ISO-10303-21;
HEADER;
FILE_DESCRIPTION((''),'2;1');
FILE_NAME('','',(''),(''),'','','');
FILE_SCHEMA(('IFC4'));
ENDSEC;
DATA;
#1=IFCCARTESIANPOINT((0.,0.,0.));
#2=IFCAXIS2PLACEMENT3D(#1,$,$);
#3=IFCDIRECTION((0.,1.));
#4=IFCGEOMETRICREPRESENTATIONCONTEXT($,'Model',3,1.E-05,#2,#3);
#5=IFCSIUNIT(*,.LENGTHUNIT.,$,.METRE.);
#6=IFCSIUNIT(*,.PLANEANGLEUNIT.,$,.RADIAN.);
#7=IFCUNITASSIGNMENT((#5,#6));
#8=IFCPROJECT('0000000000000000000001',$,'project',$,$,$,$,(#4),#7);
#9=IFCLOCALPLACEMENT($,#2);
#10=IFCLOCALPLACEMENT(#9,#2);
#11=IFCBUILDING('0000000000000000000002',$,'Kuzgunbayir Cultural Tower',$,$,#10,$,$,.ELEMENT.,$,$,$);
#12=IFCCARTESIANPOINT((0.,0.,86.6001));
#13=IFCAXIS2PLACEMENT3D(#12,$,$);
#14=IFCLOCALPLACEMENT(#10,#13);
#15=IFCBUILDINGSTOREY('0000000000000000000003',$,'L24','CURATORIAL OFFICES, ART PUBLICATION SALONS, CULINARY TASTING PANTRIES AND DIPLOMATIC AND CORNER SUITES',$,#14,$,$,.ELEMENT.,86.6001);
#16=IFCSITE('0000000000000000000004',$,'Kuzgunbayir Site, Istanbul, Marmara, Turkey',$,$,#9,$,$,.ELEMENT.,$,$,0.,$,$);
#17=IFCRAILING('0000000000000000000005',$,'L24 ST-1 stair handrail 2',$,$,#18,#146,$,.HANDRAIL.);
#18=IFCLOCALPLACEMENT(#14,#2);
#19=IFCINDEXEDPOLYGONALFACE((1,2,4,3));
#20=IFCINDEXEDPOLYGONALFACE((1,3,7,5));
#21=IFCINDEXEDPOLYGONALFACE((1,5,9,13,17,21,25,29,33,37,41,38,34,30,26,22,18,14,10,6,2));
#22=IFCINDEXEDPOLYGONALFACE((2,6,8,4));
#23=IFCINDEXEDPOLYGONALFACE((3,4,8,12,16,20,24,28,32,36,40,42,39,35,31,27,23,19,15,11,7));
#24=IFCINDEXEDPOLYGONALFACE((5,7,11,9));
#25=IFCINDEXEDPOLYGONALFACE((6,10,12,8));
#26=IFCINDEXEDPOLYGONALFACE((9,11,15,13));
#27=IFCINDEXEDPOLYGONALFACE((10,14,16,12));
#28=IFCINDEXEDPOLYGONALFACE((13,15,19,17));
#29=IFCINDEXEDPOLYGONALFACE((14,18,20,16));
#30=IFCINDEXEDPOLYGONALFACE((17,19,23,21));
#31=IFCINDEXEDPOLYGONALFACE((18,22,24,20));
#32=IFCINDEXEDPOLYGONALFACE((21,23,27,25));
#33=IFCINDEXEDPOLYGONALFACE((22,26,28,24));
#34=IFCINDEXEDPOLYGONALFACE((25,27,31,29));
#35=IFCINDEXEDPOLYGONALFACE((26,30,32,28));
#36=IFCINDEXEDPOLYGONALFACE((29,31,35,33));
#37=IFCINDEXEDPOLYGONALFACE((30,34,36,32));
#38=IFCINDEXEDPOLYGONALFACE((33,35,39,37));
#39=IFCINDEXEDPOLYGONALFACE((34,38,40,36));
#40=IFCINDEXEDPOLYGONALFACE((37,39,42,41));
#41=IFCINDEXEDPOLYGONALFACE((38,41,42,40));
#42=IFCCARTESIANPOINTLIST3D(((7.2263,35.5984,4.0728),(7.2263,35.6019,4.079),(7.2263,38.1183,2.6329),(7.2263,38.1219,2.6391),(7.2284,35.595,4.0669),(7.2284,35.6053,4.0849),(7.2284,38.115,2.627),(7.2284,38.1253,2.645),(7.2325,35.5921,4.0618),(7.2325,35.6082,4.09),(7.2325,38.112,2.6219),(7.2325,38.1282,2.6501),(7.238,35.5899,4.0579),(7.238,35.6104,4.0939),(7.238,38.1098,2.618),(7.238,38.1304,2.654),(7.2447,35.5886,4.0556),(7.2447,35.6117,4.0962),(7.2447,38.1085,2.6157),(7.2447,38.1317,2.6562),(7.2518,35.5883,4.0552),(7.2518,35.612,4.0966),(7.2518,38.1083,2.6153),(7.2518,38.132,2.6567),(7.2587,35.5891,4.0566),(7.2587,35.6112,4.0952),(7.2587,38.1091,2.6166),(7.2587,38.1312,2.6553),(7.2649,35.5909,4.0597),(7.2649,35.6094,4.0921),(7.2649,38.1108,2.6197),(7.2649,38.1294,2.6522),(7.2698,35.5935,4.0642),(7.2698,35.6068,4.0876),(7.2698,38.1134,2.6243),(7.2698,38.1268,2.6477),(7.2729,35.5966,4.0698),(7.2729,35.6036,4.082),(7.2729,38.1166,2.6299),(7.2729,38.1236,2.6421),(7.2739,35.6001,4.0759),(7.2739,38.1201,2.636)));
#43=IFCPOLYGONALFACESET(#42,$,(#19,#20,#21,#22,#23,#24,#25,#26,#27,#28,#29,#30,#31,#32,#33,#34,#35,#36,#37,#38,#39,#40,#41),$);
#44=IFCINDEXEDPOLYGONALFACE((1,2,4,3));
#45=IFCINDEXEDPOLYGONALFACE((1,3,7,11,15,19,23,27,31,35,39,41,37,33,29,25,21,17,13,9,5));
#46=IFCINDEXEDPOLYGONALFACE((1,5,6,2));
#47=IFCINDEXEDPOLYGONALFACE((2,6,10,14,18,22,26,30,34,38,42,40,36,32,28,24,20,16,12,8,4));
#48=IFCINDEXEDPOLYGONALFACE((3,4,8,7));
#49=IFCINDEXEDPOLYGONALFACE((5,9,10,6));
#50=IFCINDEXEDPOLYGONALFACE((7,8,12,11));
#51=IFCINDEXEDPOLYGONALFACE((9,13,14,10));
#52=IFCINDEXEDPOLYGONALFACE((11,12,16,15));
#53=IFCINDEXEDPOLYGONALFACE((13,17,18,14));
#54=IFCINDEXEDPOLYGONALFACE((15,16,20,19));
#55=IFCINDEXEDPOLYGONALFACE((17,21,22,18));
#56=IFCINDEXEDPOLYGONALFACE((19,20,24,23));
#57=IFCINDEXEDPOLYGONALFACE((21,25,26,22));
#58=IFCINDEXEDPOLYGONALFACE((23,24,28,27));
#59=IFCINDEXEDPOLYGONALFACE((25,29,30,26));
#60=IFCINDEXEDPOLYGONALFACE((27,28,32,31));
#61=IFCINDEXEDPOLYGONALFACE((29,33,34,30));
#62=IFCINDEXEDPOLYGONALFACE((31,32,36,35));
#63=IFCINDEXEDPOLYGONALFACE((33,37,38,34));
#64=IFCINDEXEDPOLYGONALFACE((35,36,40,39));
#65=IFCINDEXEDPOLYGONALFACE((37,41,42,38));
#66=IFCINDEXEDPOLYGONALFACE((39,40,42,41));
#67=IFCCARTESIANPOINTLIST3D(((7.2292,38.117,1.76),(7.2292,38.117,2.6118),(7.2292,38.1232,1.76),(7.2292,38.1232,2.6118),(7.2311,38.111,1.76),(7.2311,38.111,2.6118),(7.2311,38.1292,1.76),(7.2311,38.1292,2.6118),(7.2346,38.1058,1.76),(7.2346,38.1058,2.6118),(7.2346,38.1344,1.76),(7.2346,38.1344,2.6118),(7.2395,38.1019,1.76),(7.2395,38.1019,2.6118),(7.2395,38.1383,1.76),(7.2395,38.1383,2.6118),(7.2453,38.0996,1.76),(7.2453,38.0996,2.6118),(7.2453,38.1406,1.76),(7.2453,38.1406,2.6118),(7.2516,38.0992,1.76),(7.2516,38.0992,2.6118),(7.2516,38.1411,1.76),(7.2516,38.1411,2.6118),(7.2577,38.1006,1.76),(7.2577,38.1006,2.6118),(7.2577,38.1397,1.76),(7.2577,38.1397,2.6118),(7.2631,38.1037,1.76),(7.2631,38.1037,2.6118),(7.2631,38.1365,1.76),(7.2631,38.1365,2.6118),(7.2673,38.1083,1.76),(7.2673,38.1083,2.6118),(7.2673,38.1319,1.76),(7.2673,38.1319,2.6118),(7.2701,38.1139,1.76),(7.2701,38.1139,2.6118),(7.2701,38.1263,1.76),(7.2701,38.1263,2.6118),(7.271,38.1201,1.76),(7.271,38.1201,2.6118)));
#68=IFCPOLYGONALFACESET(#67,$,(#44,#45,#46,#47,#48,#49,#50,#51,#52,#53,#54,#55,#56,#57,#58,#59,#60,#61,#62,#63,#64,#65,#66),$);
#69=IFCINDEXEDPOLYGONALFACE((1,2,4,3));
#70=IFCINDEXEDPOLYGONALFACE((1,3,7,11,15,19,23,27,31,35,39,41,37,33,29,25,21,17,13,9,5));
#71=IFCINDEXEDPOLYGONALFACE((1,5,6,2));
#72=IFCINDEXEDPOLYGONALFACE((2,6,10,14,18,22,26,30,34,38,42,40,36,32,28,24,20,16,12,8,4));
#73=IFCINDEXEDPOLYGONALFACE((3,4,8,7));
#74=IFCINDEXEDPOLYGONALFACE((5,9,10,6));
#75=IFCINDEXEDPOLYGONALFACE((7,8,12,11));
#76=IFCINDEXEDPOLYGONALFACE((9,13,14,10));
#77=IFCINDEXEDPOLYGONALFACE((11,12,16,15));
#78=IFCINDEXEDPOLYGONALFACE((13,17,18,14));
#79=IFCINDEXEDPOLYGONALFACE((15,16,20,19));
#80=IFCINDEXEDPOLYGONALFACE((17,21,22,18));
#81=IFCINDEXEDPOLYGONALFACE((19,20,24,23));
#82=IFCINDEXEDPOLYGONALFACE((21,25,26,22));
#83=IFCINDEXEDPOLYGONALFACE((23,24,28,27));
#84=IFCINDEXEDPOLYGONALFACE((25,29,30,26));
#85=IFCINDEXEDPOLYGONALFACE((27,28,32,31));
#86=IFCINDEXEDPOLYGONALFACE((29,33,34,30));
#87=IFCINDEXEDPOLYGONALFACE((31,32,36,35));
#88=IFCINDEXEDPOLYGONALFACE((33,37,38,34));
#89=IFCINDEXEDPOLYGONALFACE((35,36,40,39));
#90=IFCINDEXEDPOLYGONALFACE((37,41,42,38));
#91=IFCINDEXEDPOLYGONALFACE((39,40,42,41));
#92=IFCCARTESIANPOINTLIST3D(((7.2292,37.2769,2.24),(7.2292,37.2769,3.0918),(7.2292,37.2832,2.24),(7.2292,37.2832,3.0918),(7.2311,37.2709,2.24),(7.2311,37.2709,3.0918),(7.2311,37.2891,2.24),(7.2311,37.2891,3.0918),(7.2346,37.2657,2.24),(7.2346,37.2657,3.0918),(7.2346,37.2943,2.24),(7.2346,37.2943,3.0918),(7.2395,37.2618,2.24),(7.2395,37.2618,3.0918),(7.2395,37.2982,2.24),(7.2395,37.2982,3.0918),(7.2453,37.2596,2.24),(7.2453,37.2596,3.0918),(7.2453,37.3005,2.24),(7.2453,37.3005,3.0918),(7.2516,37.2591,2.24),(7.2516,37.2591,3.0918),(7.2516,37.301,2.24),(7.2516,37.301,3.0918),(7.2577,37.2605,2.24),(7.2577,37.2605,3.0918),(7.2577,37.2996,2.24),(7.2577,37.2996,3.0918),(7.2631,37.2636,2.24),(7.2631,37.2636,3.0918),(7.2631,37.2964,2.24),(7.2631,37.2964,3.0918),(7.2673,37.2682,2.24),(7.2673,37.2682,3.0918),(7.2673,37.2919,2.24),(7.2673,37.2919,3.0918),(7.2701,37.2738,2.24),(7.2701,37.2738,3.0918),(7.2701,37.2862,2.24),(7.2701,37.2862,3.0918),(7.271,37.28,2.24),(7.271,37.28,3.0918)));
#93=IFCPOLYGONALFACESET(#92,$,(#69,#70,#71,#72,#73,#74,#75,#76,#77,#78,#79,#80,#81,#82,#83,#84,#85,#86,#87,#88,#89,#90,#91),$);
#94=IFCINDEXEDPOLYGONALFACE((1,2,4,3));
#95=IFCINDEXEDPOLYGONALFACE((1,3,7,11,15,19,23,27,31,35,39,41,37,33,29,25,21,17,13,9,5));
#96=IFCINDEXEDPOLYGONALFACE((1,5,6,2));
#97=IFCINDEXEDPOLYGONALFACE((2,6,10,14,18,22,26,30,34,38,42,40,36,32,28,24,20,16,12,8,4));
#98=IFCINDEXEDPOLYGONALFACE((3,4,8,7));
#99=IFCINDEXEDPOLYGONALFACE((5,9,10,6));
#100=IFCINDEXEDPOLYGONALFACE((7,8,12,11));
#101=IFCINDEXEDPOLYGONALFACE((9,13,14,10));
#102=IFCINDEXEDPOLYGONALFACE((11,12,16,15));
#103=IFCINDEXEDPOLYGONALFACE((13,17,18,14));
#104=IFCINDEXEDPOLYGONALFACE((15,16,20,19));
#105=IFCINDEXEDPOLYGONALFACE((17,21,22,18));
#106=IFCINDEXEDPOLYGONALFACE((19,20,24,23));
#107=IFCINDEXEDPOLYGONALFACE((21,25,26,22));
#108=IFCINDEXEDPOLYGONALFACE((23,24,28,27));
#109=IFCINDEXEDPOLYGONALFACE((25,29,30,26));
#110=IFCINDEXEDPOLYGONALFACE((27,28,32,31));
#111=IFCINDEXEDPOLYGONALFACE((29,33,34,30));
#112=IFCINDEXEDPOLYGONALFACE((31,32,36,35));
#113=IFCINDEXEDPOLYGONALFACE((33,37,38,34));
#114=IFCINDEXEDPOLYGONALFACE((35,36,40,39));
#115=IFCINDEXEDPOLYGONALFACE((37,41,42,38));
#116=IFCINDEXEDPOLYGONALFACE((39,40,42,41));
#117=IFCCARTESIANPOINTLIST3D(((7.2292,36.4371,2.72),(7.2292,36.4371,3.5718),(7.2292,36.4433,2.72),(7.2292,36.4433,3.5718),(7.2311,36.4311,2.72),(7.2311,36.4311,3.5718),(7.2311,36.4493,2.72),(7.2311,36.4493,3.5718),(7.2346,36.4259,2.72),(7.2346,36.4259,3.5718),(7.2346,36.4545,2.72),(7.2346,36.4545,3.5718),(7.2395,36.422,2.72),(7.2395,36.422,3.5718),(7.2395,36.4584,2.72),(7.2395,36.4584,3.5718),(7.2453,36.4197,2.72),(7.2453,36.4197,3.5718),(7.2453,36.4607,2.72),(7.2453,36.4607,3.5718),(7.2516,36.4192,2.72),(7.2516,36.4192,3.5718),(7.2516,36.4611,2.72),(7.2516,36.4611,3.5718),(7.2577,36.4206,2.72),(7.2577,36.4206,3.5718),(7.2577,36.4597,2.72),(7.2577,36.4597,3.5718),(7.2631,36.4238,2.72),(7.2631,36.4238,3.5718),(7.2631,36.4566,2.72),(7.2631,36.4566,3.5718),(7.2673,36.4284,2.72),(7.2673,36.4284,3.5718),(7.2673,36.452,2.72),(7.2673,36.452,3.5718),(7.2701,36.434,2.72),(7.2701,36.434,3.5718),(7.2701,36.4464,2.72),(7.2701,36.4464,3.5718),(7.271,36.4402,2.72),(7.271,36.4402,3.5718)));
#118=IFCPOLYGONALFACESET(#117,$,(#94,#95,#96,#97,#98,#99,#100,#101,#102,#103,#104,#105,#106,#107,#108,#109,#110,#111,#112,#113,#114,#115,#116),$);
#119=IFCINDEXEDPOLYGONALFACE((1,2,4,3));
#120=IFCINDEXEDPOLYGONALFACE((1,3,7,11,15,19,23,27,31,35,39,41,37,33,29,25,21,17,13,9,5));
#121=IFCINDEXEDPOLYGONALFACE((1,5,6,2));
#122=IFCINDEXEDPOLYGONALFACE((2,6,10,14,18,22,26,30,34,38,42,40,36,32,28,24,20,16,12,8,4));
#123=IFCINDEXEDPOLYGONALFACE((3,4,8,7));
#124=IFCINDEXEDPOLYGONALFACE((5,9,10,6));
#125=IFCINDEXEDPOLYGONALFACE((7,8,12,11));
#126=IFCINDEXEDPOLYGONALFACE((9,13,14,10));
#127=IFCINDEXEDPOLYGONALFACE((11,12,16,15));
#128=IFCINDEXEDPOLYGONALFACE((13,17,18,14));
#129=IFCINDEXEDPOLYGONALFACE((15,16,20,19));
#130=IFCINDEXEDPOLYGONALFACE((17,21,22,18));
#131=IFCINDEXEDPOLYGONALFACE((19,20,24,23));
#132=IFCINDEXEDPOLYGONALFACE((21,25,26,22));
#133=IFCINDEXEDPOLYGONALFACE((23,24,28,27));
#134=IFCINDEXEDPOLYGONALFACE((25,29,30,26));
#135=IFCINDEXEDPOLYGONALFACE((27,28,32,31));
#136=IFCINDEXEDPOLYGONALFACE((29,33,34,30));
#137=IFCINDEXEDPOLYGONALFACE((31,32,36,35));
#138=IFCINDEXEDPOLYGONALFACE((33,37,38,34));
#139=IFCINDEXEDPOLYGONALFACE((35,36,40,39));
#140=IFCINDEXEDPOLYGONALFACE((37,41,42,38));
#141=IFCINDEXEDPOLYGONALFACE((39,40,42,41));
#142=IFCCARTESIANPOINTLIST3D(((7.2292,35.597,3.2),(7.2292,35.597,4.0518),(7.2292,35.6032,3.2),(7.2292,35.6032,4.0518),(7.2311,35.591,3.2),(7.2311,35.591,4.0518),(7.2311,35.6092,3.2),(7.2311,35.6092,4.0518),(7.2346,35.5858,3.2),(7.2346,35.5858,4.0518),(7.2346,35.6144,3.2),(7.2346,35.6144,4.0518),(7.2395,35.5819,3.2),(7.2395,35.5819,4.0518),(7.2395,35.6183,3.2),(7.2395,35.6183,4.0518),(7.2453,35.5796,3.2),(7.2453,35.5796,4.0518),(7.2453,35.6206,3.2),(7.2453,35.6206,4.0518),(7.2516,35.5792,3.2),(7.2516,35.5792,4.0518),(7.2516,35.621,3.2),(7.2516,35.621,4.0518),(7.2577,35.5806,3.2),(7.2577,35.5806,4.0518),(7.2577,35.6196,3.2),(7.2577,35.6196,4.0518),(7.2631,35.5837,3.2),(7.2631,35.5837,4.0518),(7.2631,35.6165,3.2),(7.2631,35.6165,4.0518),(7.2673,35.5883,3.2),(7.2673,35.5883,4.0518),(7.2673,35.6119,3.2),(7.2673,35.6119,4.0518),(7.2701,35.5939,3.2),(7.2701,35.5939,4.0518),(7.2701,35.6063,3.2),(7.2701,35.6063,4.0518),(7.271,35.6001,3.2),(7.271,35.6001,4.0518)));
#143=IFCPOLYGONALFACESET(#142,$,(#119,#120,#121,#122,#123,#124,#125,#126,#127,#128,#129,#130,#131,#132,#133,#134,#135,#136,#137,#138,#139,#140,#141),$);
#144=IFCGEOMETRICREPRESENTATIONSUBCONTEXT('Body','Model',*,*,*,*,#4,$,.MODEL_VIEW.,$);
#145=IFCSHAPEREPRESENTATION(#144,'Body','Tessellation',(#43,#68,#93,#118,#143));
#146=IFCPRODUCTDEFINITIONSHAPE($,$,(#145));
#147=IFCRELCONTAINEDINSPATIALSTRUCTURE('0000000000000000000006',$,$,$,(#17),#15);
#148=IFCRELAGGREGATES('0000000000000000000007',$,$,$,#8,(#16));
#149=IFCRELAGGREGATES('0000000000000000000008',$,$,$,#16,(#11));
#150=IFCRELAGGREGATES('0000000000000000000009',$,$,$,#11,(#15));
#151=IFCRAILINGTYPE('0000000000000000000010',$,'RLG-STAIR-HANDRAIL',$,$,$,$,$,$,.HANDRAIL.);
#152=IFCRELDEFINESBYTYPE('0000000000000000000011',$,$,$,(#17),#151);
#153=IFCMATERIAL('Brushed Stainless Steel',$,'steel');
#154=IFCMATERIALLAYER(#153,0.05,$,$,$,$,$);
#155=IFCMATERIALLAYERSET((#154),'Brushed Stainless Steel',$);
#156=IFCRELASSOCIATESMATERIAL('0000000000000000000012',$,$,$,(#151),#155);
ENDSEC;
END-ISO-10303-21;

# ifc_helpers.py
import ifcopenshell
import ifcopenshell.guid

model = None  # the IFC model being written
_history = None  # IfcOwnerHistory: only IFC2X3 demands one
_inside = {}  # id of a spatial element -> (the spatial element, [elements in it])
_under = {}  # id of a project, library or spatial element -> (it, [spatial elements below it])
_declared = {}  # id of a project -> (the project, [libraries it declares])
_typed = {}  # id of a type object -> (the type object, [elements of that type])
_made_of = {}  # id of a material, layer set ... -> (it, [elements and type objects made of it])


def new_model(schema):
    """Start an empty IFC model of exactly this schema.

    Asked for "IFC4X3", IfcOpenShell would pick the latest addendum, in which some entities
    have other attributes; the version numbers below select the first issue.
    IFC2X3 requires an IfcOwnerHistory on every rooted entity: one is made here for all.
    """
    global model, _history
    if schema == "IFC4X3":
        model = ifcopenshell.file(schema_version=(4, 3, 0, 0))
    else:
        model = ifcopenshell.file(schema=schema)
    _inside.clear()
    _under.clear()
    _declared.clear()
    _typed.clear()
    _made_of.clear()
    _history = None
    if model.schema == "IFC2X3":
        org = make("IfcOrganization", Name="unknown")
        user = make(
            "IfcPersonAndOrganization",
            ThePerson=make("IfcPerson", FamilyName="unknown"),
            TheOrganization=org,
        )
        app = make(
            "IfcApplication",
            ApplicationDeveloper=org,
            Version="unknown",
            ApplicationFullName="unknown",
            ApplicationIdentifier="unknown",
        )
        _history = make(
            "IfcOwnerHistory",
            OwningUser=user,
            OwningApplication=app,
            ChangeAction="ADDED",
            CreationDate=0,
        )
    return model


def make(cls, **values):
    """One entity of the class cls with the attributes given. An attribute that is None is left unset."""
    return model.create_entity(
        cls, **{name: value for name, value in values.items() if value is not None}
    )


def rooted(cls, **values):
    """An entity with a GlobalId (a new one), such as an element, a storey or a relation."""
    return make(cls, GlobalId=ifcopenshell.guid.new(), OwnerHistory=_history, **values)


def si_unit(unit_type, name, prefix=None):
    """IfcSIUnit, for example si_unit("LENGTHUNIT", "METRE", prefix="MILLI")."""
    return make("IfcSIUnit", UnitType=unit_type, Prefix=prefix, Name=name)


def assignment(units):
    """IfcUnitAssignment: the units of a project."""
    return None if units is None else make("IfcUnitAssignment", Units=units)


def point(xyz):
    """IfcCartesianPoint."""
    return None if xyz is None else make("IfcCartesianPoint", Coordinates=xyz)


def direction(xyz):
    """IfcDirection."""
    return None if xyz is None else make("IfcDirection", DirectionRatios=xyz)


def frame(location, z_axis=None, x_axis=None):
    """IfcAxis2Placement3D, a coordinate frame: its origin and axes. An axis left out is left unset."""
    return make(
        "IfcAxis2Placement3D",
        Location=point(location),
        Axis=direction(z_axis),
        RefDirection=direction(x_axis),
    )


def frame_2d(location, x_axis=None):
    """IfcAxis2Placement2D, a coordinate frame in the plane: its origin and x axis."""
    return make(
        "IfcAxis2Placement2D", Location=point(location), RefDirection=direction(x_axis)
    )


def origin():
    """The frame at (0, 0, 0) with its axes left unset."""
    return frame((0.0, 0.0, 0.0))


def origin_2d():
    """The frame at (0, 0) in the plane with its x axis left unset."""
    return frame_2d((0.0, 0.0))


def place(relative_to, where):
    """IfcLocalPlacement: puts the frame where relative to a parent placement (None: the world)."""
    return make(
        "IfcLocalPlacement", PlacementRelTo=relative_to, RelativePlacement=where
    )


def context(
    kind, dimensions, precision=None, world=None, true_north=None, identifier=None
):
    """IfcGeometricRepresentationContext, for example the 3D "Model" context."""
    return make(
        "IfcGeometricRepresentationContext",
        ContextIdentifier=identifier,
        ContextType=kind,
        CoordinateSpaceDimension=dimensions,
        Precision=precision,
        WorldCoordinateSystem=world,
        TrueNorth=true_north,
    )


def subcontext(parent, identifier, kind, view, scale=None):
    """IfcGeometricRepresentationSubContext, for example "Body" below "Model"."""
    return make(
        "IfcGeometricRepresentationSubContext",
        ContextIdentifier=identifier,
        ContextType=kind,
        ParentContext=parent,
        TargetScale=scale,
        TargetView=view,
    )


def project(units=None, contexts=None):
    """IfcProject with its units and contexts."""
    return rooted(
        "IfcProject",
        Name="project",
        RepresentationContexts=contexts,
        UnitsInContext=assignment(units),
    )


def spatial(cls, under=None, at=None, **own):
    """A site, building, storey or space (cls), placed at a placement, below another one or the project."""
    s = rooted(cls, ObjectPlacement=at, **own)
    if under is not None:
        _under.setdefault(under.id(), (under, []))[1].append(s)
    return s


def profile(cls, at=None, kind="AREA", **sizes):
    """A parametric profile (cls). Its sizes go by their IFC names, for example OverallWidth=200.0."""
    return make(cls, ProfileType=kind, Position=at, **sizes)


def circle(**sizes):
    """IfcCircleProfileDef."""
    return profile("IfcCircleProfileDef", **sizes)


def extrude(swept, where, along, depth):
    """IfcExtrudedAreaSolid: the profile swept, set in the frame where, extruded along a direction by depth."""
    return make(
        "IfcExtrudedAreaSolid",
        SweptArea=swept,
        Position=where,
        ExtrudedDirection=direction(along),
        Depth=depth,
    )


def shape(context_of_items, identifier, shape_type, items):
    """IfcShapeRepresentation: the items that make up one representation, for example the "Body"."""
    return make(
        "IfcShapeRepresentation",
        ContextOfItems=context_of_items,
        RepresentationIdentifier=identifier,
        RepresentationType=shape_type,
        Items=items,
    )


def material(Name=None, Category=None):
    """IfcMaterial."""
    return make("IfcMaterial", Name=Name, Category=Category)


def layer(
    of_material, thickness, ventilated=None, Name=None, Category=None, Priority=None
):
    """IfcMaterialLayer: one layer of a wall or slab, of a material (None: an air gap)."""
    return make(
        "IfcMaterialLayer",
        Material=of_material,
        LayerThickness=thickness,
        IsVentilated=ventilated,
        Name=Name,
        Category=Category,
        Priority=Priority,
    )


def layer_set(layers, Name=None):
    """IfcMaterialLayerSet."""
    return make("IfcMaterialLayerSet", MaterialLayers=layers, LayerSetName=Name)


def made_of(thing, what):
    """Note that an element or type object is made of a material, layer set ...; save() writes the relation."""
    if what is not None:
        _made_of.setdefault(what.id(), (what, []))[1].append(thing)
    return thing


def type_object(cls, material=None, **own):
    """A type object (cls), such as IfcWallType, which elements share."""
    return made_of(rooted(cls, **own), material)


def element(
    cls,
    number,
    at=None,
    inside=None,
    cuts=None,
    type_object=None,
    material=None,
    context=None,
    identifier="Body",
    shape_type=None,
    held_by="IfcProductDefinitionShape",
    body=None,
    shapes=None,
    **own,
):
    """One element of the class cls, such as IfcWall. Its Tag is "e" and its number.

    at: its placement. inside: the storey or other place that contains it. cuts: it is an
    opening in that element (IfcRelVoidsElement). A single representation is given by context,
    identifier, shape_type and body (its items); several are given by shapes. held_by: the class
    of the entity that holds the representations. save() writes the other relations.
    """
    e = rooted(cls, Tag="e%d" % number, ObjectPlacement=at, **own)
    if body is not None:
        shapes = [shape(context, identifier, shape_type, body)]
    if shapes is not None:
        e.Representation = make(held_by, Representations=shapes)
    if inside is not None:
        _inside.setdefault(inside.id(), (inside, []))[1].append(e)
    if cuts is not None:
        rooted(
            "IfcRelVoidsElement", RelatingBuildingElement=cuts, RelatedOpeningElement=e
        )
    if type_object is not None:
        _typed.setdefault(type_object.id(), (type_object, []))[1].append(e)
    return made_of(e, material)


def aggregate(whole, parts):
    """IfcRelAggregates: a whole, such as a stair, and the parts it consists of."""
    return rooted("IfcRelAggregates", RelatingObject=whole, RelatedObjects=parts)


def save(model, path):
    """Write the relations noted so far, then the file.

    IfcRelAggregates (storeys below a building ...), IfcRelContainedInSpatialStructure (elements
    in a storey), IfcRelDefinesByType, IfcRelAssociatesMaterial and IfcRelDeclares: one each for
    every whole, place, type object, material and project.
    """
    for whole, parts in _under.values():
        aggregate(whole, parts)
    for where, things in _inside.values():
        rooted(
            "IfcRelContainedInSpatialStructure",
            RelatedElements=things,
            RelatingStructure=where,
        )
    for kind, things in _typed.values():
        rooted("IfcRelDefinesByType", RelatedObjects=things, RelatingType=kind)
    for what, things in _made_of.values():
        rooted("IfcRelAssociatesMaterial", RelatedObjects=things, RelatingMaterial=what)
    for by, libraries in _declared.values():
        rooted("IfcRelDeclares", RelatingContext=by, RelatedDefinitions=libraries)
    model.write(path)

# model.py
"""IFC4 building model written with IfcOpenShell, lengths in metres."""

from ifc_helpers import new_model, si_unit, direction, frame, origin, origin_2d, place, context, subcontext, project, spatial, circle, extrude, material, layer, layer_set, type_object, element, save


model = new_model("IFC4")

# Units and contexts
model_context = context("Model", 3, precision=1e-05, world=origin(), true_north=direction((0.0, 1.0)))
body_context = subcontext(model_context, "Body", "Model", "MODEL_VIEW")
ifc_project = project(units=[si_unit("LENGTHUNIT", "METRE"), si_unit("PLANEANGLEUNIT", "RADIAN")], contexts=[model_context])

# Site, building, storey
site_placement = place(None, origin())
site = spatial("IfcSite", under=ifc_project, at=site_placement, Name="Kuzgunbayir Site, Istanbul, Marmara, Turkey", CompositionType="ELEMENT", RefElevation=0.0)
building_placement = place(site_placement, origin())
building = spatial("IfcBuilding", under=site, at=building_placement, Name="Kuzgunbayir Cultural Tower", CompositionType="ELEMENT")
storey_placement = place(building_placement, frame((0.0, 0.0, 86.6001)))
storey = spatial("IfcBuildingStorey", under=building, at=storey_placement, Name="L24", Description="CURATORIAL OFFICES, ART PUBLICATION SALONS, CULINARY TASTING PANTRIES AND DIPLOMATIC AND CORNER SUITES", CompositionType="ELEMENT", Elevation=86.6001)

# Shared definitions
ifc_material_1 = material(Name="Brushed Stainless Steel", Category="steel")

# Railing
ifc_layer_1 = layer(ifc_material_1, 0.05)
ifc_layer_set_1 = layer_set([ifc_layer_1], Name="Brushed Stainless Steel")
railing_type_1 = type_object("IfcRailingType", Name="RLG-STAIR-HANDRAIL", PredefinedType="HANDRAIL", material=ifc_layer_set_1)
railing_1_placement = place(storey_placement, frame((7.25, 38.1201, 1.76)))
element("IfcRailing", 1, at=railing_1_placement, inside=storey, type_object=railing_type_1, Name="L24 ST-1 stair handrail 2", PredefinedType="HANDRAIL", context=body_context, shape_type="SweptSolid", body=[
    extrude(circle(Radius=0.0239, at=origin_2d()), frame((0.0, 0.0, 0.876), z_axis=(0.0, -0.868253, 0.496121), x_axis=(1.0, 0.0, 0.0)), (0.0, 0.0, 1.0), 2.9023),
    extrude(circle(Radius=0.021, at=origin_2d()), origin(), (0.0, 0.0, 1.0), 0.8518),
    extrude(circle(Radius=0.021, at=origin_2d()), frame((0.0, -0.8401, 0.48)), (0.0, 0.0, 1.0), 0.8518),
    extrude(circle(Radius=0.021, at=origin_2d()), frame((0.0, -1.6799, 0.96)), (0.0, 0.0, 1.0), 0.8518),
    extrude(circle(Radius=0.021, at=origin_2d()), frame((0.0, -2.52, 1.4399)), (0.0, 0.0, 1.0), 0.8518),
])

save(model, "model.ifc")
